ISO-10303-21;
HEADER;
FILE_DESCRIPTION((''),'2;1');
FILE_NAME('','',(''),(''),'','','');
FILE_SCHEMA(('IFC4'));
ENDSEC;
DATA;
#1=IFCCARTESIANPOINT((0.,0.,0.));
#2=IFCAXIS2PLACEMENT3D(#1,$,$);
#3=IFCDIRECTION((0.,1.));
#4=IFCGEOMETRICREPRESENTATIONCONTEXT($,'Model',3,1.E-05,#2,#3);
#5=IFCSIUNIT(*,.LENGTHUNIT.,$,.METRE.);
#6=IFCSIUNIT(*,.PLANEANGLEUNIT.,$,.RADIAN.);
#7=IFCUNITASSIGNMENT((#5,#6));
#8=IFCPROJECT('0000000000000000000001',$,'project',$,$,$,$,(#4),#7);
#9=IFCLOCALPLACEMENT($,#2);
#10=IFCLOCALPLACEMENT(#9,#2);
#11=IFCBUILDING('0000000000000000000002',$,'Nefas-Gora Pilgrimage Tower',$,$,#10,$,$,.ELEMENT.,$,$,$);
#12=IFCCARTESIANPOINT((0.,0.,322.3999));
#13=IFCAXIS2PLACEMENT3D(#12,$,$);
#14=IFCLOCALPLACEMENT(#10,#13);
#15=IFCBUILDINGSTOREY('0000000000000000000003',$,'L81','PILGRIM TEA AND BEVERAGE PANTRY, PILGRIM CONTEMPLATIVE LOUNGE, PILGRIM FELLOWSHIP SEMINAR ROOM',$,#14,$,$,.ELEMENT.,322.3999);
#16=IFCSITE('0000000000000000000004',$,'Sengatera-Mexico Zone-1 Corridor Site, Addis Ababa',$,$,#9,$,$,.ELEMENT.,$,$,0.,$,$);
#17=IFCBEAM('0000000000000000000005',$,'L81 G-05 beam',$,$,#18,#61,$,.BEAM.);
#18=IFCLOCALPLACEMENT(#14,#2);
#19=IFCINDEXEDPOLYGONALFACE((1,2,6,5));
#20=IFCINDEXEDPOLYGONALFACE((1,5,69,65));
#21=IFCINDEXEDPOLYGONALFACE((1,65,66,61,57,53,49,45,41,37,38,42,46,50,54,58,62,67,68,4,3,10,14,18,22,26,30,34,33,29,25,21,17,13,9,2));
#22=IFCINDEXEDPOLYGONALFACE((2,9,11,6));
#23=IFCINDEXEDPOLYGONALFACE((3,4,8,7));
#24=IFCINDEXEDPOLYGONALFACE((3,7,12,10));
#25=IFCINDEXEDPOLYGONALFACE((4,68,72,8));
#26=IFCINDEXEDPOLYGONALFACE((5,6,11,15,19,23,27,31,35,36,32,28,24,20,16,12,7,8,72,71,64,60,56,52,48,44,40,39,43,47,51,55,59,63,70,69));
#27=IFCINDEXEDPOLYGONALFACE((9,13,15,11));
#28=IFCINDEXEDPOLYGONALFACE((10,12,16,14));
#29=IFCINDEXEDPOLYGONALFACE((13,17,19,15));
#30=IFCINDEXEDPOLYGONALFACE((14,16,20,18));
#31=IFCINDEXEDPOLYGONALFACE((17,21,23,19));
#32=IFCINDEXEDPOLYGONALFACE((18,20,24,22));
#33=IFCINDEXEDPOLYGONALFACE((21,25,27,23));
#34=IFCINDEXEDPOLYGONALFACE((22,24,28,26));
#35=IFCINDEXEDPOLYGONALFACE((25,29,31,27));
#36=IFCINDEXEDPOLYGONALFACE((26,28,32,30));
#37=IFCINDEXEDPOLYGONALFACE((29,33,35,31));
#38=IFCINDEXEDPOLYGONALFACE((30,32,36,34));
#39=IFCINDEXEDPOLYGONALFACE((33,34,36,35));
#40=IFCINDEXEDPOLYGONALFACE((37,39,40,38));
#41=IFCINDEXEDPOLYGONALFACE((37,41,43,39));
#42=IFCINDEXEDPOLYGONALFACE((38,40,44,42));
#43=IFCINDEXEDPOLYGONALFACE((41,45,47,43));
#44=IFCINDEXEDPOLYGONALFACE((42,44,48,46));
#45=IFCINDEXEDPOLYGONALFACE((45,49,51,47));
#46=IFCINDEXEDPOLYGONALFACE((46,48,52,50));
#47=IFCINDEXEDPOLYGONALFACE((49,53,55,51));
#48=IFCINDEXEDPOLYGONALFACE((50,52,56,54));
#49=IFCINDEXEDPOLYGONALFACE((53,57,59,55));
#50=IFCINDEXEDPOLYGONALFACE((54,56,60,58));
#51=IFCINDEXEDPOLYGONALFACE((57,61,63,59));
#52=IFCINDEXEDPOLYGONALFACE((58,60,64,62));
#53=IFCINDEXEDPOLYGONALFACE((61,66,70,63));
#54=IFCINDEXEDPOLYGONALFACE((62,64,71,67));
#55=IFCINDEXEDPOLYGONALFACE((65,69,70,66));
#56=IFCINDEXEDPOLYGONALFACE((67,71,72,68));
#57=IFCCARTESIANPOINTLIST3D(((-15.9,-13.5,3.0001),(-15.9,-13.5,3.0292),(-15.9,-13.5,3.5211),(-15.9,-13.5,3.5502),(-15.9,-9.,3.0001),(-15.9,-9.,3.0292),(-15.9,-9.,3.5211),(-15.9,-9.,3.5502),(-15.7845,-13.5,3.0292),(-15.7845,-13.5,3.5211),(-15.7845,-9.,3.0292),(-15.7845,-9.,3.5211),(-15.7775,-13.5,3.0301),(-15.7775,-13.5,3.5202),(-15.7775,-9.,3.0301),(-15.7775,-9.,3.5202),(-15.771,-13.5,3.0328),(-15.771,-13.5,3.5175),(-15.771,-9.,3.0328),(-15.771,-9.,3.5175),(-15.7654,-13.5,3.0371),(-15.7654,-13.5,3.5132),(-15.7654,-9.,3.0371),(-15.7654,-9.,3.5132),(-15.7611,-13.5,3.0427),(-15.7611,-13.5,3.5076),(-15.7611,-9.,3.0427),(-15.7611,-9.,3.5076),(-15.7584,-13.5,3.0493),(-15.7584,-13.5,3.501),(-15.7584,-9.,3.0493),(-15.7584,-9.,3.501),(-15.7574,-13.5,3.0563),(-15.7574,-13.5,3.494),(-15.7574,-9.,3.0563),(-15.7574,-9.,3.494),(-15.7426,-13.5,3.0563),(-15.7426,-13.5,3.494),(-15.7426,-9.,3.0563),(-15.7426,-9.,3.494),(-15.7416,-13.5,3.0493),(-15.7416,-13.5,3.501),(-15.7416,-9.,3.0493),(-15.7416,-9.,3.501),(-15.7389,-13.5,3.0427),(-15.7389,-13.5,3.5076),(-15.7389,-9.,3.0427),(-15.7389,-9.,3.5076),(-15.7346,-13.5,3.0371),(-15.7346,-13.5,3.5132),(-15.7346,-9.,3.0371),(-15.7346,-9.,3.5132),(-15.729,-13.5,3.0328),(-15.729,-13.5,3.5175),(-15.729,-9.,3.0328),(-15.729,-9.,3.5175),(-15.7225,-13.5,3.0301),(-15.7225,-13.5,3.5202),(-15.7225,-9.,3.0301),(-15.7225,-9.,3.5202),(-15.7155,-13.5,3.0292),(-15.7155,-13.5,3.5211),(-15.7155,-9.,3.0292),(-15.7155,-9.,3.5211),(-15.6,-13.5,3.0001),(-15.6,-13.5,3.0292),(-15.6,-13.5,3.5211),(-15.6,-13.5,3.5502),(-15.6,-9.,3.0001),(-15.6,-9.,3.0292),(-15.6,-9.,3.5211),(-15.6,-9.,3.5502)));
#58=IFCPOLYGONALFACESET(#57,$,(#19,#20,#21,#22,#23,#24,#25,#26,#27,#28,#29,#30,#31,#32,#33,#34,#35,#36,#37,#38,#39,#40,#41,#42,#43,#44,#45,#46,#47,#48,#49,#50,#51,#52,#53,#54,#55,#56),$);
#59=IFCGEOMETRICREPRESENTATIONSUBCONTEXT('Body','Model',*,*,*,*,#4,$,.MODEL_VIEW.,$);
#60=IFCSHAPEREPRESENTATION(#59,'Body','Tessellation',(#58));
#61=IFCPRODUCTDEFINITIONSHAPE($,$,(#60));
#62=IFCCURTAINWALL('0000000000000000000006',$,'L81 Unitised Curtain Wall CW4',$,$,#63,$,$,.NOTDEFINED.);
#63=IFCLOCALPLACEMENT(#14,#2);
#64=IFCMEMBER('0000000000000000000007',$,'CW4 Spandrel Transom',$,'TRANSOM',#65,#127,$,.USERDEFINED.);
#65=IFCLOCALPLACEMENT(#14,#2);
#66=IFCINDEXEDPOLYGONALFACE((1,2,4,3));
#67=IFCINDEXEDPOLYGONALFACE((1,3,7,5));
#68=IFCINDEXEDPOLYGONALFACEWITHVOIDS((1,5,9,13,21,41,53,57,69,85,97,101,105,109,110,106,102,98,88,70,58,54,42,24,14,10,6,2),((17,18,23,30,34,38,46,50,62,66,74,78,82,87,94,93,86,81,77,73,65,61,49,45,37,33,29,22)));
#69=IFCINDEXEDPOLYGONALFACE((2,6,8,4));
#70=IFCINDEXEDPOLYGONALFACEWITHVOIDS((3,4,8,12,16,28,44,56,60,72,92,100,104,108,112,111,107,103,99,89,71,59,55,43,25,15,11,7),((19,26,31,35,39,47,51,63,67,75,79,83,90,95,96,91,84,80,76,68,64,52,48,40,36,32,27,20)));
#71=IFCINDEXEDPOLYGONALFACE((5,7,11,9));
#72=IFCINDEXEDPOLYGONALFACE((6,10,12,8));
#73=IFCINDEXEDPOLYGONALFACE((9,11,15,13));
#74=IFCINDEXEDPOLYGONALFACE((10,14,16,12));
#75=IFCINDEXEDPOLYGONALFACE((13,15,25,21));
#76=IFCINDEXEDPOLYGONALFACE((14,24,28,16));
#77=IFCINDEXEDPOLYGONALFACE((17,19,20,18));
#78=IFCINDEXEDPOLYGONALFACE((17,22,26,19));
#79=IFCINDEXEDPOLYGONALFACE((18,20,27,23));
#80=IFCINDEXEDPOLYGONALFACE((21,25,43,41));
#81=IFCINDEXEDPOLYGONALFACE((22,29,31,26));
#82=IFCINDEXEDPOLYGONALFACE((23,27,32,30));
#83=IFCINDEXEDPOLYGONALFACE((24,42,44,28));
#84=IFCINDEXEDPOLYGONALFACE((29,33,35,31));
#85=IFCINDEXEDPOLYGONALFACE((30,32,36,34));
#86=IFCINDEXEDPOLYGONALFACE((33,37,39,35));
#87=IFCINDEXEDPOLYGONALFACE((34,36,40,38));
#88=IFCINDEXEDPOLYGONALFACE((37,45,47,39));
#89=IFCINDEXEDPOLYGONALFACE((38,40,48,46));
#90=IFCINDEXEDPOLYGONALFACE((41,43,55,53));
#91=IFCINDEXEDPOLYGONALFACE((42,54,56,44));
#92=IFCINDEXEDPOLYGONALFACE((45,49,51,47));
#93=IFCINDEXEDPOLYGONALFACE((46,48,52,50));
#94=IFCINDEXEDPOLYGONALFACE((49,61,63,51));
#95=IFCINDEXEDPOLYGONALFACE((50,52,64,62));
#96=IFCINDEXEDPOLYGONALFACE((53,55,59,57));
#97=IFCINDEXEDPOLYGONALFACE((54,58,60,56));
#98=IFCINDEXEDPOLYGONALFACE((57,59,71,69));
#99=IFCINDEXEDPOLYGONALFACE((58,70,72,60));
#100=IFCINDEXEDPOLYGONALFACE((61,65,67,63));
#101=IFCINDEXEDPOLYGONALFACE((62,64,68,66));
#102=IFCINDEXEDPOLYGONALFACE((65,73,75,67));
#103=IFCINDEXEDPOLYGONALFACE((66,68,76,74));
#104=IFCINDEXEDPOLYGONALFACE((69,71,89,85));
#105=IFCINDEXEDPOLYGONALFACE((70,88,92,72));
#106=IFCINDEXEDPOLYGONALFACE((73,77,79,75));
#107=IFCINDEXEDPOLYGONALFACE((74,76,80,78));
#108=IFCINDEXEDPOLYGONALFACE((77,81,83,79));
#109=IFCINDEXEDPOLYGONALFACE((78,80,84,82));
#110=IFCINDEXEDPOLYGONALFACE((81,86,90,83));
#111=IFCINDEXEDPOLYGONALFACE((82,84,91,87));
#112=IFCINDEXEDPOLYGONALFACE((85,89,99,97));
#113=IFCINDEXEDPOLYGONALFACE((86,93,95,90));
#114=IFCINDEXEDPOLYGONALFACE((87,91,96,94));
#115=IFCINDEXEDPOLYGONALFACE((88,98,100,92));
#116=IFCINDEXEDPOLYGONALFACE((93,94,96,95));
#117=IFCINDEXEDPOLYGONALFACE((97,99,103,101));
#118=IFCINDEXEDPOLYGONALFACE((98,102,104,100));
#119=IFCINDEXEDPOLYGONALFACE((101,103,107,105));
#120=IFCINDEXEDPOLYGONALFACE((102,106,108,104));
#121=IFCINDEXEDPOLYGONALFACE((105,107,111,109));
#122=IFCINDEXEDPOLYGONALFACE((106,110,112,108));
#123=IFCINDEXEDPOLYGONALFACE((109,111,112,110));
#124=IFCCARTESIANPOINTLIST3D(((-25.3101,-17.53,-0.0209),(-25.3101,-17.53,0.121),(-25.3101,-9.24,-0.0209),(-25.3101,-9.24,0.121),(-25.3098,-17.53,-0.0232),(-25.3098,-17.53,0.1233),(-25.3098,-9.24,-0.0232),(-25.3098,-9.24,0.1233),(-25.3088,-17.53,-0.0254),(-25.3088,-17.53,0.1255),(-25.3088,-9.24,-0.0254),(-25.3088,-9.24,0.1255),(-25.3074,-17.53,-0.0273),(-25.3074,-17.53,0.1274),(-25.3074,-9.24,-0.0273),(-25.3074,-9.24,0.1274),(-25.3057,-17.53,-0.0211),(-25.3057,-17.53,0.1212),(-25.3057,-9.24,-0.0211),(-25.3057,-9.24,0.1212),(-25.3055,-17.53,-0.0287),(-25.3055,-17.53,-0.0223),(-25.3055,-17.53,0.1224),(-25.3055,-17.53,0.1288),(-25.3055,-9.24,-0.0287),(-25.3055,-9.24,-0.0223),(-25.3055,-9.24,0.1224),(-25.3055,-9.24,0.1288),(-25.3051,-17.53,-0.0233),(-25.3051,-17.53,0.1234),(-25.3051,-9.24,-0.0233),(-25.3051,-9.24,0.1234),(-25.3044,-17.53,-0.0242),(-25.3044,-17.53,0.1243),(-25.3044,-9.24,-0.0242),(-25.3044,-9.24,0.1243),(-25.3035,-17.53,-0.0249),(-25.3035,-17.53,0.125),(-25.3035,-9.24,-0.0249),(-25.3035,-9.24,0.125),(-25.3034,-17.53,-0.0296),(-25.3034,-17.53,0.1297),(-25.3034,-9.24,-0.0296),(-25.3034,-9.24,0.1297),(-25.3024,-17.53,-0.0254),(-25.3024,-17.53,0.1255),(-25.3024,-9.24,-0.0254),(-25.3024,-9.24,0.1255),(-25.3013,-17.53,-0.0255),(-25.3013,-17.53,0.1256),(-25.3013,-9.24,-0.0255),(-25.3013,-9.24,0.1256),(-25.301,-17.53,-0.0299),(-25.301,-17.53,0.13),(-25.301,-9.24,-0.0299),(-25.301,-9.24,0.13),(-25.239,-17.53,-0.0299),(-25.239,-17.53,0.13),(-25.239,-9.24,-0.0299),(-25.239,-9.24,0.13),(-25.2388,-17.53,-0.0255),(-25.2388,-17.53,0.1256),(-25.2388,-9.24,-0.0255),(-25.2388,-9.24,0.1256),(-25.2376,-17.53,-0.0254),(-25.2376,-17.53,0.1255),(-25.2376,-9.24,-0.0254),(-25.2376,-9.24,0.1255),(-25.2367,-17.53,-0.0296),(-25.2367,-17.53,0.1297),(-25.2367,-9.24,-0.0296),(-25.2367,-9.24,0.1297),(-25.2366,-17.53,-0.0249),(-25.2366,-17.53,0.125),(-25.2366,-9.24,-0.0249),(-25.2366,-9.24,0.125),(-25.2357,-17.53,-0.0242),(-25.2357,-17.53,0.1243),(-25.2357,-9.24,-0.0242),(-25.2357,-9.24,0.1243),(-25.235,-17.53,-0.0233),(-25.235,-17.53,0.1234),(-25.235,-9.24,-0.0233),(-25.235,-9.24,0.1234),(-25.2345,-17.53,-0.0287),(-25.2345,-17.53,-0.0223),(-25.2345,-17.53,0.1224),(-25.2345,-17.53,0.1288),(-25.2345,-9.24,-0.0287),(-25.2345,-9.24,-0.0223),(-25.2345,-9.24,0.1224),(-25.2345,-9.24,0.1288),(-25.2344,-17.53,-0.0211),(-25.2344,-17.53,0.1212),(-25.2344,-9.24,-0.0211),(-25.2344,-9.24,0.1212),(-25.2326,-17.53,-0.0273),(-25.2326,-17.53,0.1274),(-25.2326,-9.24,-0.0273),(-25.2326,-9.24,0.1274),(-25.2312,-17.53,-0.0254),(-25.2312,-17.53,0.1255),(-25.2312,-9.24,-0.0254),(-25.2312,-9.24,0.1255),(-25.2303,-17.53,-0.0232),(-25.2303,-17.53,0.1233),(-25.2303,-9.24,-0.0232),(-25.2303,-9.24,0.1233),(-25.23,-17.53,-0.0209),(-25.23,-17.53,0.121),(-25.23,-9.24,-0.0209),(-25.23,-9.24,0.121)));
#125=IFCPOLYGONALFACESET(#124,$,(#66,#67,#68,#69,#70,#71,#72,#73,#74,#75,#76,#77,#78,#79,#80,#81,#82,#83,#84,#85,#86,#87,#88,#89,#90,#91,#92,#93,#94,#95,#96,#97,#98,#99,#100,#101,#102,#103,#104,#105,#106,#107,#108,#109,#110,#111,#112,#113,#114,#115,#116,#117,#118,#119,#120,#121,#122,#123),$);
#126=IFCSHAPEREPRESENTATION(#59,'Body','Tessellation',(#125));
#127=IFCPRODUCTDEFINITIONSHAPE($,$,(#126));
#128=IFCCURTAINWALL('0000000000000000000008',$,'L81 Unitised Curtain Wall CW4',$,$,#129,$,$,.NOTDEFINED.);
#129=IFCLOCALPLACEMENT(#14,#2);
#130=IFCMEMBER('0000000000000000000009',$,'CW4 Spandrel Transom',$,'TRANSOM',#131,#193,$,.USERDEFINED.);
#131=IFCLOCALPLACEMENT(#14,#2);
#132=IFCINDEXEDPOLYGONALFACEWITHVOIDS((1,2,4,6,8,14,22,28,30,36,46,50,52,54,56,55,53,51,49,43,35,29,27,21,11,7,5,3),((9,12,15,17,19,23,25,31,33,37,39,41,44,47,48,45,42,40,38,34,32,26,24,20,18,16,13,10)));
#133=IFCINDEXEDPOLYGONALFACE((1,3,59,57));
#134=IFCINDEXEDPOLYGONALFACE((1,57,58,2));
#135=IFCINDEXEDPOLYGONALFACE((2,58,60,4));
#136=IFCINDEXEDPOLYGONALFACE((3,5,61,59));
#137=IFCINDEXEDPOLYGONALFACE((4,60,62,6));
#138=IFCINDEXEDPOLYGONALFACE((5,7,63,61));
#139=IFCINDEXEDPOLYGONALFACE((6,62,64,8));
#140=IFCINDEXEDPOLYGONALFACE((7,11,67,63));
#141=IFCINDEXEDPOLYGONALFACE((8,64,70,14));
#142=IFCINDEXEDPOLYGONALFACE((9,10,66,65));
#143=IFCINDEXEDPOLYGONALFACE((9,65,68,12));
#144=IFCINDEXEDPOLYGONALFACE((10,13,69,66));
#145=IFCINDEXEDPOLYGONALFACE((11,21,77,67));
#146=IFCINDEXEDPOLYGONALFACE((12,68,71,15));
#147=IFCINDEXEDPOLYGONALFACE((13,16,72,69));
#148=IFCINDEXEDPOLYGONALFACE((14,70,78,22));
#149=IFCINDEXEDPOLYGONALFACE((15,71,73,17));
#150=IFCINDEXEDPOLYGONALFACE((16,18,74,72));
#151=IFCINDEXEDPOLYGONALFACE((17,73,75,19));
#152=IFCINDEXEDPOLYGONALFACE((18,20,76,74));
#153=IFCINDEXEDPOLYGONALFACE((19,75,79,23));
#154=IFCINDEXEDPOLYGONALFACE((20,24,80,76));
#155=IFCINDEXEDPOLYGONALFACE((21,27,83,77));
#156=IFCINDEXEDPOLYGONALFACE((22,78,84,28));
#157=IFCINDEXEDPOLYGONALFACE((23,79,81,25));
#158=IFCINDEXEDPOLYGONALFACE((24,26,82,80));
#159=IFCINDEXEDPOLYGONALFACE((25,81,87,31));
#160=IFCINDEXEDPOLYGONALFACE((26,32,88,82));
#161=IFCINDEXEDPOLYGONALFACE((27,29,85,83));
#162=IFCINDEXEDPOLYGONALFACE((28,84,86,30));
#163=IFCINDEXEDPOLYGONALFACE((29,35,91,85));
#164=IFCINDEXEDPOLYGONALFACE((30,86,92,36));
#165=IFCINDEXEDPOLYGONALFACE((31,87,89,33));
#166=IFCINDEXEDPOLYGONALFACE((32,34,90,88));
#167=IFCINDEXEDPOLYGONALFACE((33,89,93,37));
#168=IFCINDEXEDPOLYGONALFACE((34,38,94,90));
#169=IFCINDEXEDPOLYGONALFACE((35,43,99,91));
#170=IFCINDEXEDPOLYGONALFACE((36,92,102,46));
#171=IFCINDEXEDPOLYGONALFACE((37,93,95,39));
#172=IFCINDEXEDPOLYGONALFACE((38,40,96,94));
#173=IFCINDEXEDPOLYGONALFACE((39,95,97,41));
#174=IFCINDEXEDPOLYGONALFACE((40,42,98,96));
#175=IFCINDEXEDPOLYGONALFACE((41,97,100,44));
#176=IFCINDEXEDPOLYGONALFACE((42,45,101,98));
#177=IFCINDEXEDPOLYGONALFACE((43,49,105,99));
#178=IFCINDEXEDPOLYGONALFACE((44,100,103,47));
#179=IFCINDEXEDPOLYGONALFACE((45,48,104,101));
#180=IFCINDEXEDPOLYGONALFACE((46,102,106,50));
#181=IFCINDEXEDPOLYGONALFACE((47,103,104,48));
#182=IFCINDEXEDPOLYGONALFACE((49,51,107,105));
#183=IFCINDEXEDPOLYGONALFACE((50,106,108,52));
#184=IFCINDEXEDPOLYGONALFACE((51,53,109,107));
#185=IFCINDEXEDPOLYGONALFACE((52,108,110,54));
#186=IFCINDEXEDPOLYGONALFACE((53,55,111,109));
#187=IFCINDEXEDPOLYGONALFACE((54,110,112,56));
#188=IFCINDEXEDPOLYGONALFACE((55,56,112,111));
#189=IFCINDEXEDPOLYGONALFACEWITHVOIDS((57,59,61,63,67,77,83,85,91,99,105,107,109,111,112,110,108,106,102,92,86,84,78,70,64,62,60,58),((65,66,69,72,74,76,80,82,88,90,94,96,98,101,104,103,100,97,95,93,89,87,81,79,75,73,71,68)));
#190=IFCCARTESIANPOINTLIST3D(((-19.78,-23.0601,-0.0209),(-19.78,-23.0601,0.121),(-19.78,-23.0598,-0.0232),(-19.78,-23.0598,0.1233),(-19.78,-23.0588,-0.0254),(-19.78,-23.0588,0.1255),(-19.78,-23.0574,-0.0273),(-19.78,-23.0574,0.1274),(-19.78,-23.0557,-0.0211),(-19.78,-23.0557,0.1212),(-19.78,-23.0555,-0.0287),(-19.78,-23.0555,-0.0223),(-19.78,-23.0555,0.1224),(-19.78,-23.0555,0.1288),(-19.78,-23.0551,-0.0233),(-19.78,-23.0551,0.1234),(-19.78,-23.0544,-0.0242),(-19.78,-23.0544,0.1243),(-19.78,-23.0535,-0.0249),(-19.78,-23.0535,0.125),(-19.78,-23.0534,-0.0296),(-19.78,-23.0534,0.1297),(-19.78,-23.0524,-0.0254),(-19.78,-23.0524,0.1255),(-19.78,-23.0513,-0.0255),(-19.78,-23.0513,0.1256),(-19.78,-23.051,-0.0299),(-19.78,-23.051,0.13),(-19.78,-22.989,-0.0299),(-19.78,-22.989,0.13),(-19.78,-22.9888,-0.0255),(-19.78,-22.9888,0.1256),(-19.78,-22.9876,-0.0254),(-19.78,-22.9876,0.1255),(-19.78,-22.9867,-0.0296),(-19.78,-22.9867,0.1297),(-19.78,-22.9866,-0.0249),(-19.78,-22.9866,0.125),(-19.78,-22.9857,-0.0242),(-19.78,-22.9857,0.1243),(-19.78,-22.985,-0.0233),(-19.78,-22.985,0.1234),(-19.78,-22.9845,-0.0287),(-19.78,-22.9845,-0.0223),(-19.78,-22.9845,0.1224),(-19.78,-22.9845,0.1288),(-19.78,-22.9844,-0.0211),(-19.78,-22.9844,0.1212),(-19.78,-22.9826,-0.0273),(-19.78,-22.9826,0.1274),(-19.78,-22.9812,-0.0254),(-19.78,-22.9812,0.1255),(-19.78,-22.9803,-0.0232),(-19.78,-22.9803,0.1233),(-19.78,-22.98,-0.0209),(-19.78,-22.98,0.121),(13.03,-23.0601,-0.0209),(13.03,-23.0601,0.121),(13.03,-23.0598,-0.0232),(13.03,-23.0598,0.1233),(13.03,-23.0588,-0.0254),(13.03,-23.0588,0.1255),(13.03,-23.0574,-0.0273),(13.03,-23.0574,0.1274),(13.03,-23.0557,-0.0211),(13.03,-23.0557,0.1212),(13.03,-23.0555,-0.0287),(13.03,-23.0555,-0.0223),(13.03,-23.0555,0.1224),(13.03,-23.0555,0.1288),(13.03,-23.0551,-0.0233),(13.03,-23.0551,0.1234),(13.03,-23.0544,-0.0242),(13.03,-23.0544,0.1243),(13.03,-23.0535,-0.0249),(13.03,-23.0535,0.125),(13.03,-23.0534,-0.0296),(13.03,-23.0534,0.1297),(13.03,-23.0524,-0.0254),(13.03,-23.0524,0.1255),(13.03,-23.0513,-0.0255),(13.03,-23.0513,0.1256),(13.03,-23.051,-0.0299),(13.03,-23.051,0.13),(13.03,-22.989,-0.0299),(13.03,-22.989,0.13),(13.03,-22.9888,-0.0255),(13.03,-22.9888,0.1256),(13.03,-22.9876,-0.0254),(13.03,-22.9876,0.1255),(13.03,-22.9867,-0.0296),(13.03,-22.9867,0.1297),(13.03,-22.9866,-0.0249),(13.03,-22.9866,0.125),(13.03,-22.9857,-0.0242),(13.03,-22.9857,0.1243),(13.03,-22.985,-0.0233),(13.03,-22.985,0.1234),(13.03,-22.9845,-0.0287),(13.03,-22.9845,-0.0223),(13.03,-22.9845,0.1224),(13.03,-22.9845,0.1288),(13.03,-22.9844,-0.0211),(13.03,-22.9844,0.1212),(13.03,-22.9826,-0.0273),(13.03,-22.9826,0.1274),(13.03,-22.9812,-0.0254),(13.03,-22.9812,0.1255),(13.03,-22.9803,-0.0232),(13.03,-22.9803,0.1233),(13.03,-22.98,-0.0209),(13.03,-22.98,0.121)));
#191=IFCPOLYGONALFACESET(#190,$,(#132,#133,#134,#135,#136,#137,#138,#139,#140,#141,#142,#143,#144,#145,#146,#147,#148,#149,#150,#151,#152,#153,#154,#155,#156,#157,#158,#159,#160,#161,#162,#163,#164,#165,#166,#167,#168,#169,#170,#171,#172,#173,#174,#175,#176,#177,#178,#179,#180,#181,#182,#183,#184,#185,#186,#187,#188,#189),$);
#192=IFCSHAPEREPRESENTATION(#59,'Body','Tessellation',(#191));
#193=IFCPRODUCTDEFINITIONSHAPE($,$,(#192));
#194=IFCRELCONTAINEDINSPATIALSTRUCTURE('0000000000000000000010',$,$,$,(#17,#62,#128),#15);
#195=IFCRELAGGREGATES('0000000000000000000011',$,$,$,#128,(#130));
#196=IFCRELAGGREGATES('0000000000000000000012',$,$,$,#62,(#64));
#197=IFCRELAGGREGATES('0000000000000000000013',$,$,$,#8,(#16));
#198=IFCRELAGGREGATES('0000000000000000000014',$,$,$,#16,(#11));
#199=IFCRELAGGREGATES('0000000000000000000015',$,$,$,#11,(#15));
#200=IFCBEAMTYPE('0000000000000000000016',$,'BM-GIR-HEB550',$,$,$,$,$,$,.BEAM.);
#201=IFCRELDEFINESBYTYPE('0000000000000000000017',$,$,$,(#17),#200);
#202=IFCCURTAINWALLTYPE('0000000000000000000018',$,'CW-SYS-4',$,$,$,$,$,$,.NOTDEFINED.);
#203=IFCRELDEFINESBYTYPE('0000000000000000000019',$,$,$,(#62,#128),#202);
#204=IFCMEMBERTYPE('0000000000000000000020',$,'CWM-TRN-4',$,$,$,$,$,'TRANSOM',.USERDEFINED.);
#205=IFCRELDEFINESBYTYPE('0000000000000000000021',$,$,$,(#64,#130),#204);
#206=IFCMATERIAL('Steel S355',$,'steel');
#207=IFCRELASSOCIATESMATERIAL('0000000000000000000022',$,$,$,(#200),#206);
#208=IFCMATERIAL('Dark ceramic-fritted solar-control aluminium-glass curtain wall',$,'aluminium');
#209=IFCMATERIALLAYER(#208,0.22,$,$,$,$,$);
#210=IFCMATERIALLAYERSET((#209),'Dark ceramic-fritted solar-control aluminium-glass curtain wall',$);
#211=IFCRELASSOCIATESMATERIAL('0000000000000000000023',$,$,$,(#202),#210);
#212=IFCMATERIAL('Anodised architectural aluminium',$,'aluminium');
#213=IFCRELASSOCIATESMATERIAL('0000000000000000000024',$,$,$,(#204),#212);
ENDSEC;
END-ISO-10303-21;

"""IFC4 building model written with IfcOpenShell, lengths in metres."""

from ifc_helpers import new_model, si_unit, direction, frame, origin, origin_2d, place, context, subcontext, project, spatial, hollow_rectangle, i_section, extrude, source, transform, mapped, material, layer, layer_set, material_profile, profile_set, type_object, element, aggregate, save


model = new_model("IFC4")

# Units and contexts
model_context = context("Model", 3, precision=1e-05, world=origin(), true_north=direction((0.0, 1.0)))
body_context = subcontext(model_context, "Body", "Model", "MODEL_VIEW")
ifc_project = project(units=[si_unit("LENGTHUNIT", "METRE"), si_unit("PLANEANGLEUNIT", "RADIAN")], contexts=[model_context])

# Site, building, storey
site_placement = place(None, origin())
site = spatial("IfcSite", under=ifc_project, at=site_placement, Name="Sengatera-Mexico Zone-1 Corridor Site, Addis Ababa", CompositionType="ELEMENT", RefElevation=0.0)
building_placement = place(site_placement, origin())
building = spatial("IfcBuilding", under=site, at=building_placement, Name="Nefas-Gora Pilgrimage Tower", CompositionType="ELEMENT")
storey_placement = place(building_placement, frame((0.0, 0.0, 322.3999)))
storey = spatial("IfcBuildingStorey", under=building, at=storey_placement, Name="L81", Description="PILGRIM TEA AND BEVERAGE PANTRY, PILGRIM CONTEMPLATIVE LOUNGE, PILGRIM FELLOWSHIP SEMINAR ROOM", CompositionType="ELEMENT", Elevation=322.3999)

# Shared definitions
ifc_material_1 = material(Name="Steel S355", Category="steel")

# Beam
ifc_material_profile_1 = material_profile(ifc_material_1, i_section(OverallWidth=0.3, OverallDepth=0.55, WebThickness=0.0149, FlangeThickness=0.0291, FilletRadius=0.0271, at=origin_2d()), Name="HEB 550")
ifc_profile_set_1 = profile_set([ifc_material_profile_1], Name="Steel S355")
beam_type_1 = type_object("IfcBeamType", Name="BM-GIR-HEB550", PredefinedType="BEAM", material=ifc_profile_set_1)
shared_shape_1 = source(origin(), body_context, "Body", "SweptSolid", [
    extrude(i_section(OverallWidth=0.3, OverallDepth=0.55, WebThickness=0.0149, FlangeThickness=0.0291, FilletRadius=0.0271, at=origin_2d()), origin(), (0.0, 0.0, 1.0), 4.5),
])
beam_placement = place(storey_placement, frame((-15.75, -13.5, 3.2751), z_axis=(0.0, 1.0, 0.0), x_axis=(-1.0, 0.0, 0.0)))
element("IfcBeam", 1, at=beam_placement, inside=storey, type_object=beam_type_1, Name="L81 G-05 beam", PredefinedType="BEAM", context=body_context, shape_type="MappedRepresentation", body=[
    mapped(shared_shape_1, transform((0.0, 0.0, 0.0), x_axis=(1.0, 0.0, 0.0), y_axis=(0.0, 1.0, 0.0), z_axis=(0.0, 0.0, 1.0), scale=1.0)),
])

# Curtain walls, members
ifc_material_2 = material(Name="Dark ceramic-fritted solar-control aluminium-glass curtain wall", Category="aluminium")
ifc_layer_1 = layer(ifc_material_2, 0.22)
ifc_layer_set_1 = layer_set([ifc_layer_1], Name="Dark ceramic-fritted solar-control aluminium-glass curtain wall")
curtain_wall_type = type_object("IfcCurtainWallType", Name="CW-SYS-4", PredefinedType="NOTDEFINED", material=ifc_layer_set_1)
curtain_wall_1_placement = place(storey_placement, origin())
curtain_wall_1 = element("IfcCurtainWall", 2, at=curtain_wall_1_placement, inside=storey, type_object=curtain_wall_type, Name="L81 Unitised Curtain Wall CW4", PredefinedType="NOTDEFINED")
ifc_material_3 = material(Name="Anodised architectural aluminium", Category="aluminium")
ifc_material_profile_2 = material_profile(ifc_material_3, hollow_rectangle(XDim=0.0801, YDim=0.1599, WallThickness=0.0044, InnerFilletRadius=0.0044, OuterFilletRadius=0.009, at=origin_2d()), Name="ALU TRANSOM 80x160")
ifc_profile_set_2 = profile_set([ifc_material_profile_2], Name="Anodised architectural aluminium")
member_type_1 = type_object("IfcMemberType", Name="CWM-TRN-4", ElementType="TRANSOM", PredefinedType="USERDEFINED", material=ifc_profile_set_2)
shared_shape_2 = source(origin(), body_context, "Body", "SweptSolid", [
    extrude(hollow_rectangle(XDim=0.0801, YDim=0.1599, WallThickness=0.0044, InnerFilletRadius=0.0044, OuterFilletRadius=0.009, at=origin_2d()), origin(), (0.0, 0.0, 1.0), 8.29),
])
member_1_placement = place(storey_placement, frame((-25.27, -9.24, 0.05), z_axis=(0.0, -1.0, 0.0), x_axis=(1.0, 0.0, 0.0)))
member_1 = element("IfcMember", 3, at=member_1_placement, type_object=member_type_1, Name="CW4 Spandrel Transom", ObjectType="TRANSOM", PredefinedType="USERDEFINED", context=body_context, shape_type="MappedRepresentation", body=[
    mapped(shared_shape_2, transform((0.0, 0.0, 0.0), x_axis=(1.0, 0.0, 0.0), y_axis=(0.0, 1.0, 0.0), z_axis=(0.0, 0.0, 1.0), scale=1.0)),
])
curtain_wall_2_placement = place(storey_placement, origin())
curtain_wall_2 = element("IfcCurtainWall", 4, at=curtain_wall_2_placement, inside=storey, type_object=curtain_wall_type, Name="L81 Unitised Curtain Wall CW4", PredefinedType="NOTDEFINED")
shared_shape_3 = source(origin(), body_context, "Body", "SweptSolid", [
    extrude(hollow_rectangle(XDim=0.0801, YDim=0.1599, WallThickness=0.0044, InnerFilletRadius=0.0044, OuterFilletRadius=0.009, at=origin_2d()), origin(), (0.0, 0.0, 1.0), 32.8101),
])
member_2_placement = place(storey_placement, frame((-19.78, -23.02, 0.05), z_axis=(1.0, 0.0, 0.0), x_axis=(0.0, 1.0, 0.0)))
member_2 = element("IfcMember", 5, at=member_2_placement, type_object=member_type_1, Name="CW4 Spandrel Transom", ObjectType="TRANSOM", PredefinedType="USERDEFINED", context=body_context, shape_type="MappedRepresentation", body=[
    mapped(shared_shape_3, transform((0.0, 0.0, 0.0), x_axis=(1.0, 0.0, 0.0), y_axis=(0.0, 1.0, 0.0), z_axis=(0.0, 0.0, 1.0), scale=1.0)),
])

aggregate(curtain_wall_2, [member_2])

aggregate(curtain_wall_1, [member_1])

save(model, "model.ifc")
